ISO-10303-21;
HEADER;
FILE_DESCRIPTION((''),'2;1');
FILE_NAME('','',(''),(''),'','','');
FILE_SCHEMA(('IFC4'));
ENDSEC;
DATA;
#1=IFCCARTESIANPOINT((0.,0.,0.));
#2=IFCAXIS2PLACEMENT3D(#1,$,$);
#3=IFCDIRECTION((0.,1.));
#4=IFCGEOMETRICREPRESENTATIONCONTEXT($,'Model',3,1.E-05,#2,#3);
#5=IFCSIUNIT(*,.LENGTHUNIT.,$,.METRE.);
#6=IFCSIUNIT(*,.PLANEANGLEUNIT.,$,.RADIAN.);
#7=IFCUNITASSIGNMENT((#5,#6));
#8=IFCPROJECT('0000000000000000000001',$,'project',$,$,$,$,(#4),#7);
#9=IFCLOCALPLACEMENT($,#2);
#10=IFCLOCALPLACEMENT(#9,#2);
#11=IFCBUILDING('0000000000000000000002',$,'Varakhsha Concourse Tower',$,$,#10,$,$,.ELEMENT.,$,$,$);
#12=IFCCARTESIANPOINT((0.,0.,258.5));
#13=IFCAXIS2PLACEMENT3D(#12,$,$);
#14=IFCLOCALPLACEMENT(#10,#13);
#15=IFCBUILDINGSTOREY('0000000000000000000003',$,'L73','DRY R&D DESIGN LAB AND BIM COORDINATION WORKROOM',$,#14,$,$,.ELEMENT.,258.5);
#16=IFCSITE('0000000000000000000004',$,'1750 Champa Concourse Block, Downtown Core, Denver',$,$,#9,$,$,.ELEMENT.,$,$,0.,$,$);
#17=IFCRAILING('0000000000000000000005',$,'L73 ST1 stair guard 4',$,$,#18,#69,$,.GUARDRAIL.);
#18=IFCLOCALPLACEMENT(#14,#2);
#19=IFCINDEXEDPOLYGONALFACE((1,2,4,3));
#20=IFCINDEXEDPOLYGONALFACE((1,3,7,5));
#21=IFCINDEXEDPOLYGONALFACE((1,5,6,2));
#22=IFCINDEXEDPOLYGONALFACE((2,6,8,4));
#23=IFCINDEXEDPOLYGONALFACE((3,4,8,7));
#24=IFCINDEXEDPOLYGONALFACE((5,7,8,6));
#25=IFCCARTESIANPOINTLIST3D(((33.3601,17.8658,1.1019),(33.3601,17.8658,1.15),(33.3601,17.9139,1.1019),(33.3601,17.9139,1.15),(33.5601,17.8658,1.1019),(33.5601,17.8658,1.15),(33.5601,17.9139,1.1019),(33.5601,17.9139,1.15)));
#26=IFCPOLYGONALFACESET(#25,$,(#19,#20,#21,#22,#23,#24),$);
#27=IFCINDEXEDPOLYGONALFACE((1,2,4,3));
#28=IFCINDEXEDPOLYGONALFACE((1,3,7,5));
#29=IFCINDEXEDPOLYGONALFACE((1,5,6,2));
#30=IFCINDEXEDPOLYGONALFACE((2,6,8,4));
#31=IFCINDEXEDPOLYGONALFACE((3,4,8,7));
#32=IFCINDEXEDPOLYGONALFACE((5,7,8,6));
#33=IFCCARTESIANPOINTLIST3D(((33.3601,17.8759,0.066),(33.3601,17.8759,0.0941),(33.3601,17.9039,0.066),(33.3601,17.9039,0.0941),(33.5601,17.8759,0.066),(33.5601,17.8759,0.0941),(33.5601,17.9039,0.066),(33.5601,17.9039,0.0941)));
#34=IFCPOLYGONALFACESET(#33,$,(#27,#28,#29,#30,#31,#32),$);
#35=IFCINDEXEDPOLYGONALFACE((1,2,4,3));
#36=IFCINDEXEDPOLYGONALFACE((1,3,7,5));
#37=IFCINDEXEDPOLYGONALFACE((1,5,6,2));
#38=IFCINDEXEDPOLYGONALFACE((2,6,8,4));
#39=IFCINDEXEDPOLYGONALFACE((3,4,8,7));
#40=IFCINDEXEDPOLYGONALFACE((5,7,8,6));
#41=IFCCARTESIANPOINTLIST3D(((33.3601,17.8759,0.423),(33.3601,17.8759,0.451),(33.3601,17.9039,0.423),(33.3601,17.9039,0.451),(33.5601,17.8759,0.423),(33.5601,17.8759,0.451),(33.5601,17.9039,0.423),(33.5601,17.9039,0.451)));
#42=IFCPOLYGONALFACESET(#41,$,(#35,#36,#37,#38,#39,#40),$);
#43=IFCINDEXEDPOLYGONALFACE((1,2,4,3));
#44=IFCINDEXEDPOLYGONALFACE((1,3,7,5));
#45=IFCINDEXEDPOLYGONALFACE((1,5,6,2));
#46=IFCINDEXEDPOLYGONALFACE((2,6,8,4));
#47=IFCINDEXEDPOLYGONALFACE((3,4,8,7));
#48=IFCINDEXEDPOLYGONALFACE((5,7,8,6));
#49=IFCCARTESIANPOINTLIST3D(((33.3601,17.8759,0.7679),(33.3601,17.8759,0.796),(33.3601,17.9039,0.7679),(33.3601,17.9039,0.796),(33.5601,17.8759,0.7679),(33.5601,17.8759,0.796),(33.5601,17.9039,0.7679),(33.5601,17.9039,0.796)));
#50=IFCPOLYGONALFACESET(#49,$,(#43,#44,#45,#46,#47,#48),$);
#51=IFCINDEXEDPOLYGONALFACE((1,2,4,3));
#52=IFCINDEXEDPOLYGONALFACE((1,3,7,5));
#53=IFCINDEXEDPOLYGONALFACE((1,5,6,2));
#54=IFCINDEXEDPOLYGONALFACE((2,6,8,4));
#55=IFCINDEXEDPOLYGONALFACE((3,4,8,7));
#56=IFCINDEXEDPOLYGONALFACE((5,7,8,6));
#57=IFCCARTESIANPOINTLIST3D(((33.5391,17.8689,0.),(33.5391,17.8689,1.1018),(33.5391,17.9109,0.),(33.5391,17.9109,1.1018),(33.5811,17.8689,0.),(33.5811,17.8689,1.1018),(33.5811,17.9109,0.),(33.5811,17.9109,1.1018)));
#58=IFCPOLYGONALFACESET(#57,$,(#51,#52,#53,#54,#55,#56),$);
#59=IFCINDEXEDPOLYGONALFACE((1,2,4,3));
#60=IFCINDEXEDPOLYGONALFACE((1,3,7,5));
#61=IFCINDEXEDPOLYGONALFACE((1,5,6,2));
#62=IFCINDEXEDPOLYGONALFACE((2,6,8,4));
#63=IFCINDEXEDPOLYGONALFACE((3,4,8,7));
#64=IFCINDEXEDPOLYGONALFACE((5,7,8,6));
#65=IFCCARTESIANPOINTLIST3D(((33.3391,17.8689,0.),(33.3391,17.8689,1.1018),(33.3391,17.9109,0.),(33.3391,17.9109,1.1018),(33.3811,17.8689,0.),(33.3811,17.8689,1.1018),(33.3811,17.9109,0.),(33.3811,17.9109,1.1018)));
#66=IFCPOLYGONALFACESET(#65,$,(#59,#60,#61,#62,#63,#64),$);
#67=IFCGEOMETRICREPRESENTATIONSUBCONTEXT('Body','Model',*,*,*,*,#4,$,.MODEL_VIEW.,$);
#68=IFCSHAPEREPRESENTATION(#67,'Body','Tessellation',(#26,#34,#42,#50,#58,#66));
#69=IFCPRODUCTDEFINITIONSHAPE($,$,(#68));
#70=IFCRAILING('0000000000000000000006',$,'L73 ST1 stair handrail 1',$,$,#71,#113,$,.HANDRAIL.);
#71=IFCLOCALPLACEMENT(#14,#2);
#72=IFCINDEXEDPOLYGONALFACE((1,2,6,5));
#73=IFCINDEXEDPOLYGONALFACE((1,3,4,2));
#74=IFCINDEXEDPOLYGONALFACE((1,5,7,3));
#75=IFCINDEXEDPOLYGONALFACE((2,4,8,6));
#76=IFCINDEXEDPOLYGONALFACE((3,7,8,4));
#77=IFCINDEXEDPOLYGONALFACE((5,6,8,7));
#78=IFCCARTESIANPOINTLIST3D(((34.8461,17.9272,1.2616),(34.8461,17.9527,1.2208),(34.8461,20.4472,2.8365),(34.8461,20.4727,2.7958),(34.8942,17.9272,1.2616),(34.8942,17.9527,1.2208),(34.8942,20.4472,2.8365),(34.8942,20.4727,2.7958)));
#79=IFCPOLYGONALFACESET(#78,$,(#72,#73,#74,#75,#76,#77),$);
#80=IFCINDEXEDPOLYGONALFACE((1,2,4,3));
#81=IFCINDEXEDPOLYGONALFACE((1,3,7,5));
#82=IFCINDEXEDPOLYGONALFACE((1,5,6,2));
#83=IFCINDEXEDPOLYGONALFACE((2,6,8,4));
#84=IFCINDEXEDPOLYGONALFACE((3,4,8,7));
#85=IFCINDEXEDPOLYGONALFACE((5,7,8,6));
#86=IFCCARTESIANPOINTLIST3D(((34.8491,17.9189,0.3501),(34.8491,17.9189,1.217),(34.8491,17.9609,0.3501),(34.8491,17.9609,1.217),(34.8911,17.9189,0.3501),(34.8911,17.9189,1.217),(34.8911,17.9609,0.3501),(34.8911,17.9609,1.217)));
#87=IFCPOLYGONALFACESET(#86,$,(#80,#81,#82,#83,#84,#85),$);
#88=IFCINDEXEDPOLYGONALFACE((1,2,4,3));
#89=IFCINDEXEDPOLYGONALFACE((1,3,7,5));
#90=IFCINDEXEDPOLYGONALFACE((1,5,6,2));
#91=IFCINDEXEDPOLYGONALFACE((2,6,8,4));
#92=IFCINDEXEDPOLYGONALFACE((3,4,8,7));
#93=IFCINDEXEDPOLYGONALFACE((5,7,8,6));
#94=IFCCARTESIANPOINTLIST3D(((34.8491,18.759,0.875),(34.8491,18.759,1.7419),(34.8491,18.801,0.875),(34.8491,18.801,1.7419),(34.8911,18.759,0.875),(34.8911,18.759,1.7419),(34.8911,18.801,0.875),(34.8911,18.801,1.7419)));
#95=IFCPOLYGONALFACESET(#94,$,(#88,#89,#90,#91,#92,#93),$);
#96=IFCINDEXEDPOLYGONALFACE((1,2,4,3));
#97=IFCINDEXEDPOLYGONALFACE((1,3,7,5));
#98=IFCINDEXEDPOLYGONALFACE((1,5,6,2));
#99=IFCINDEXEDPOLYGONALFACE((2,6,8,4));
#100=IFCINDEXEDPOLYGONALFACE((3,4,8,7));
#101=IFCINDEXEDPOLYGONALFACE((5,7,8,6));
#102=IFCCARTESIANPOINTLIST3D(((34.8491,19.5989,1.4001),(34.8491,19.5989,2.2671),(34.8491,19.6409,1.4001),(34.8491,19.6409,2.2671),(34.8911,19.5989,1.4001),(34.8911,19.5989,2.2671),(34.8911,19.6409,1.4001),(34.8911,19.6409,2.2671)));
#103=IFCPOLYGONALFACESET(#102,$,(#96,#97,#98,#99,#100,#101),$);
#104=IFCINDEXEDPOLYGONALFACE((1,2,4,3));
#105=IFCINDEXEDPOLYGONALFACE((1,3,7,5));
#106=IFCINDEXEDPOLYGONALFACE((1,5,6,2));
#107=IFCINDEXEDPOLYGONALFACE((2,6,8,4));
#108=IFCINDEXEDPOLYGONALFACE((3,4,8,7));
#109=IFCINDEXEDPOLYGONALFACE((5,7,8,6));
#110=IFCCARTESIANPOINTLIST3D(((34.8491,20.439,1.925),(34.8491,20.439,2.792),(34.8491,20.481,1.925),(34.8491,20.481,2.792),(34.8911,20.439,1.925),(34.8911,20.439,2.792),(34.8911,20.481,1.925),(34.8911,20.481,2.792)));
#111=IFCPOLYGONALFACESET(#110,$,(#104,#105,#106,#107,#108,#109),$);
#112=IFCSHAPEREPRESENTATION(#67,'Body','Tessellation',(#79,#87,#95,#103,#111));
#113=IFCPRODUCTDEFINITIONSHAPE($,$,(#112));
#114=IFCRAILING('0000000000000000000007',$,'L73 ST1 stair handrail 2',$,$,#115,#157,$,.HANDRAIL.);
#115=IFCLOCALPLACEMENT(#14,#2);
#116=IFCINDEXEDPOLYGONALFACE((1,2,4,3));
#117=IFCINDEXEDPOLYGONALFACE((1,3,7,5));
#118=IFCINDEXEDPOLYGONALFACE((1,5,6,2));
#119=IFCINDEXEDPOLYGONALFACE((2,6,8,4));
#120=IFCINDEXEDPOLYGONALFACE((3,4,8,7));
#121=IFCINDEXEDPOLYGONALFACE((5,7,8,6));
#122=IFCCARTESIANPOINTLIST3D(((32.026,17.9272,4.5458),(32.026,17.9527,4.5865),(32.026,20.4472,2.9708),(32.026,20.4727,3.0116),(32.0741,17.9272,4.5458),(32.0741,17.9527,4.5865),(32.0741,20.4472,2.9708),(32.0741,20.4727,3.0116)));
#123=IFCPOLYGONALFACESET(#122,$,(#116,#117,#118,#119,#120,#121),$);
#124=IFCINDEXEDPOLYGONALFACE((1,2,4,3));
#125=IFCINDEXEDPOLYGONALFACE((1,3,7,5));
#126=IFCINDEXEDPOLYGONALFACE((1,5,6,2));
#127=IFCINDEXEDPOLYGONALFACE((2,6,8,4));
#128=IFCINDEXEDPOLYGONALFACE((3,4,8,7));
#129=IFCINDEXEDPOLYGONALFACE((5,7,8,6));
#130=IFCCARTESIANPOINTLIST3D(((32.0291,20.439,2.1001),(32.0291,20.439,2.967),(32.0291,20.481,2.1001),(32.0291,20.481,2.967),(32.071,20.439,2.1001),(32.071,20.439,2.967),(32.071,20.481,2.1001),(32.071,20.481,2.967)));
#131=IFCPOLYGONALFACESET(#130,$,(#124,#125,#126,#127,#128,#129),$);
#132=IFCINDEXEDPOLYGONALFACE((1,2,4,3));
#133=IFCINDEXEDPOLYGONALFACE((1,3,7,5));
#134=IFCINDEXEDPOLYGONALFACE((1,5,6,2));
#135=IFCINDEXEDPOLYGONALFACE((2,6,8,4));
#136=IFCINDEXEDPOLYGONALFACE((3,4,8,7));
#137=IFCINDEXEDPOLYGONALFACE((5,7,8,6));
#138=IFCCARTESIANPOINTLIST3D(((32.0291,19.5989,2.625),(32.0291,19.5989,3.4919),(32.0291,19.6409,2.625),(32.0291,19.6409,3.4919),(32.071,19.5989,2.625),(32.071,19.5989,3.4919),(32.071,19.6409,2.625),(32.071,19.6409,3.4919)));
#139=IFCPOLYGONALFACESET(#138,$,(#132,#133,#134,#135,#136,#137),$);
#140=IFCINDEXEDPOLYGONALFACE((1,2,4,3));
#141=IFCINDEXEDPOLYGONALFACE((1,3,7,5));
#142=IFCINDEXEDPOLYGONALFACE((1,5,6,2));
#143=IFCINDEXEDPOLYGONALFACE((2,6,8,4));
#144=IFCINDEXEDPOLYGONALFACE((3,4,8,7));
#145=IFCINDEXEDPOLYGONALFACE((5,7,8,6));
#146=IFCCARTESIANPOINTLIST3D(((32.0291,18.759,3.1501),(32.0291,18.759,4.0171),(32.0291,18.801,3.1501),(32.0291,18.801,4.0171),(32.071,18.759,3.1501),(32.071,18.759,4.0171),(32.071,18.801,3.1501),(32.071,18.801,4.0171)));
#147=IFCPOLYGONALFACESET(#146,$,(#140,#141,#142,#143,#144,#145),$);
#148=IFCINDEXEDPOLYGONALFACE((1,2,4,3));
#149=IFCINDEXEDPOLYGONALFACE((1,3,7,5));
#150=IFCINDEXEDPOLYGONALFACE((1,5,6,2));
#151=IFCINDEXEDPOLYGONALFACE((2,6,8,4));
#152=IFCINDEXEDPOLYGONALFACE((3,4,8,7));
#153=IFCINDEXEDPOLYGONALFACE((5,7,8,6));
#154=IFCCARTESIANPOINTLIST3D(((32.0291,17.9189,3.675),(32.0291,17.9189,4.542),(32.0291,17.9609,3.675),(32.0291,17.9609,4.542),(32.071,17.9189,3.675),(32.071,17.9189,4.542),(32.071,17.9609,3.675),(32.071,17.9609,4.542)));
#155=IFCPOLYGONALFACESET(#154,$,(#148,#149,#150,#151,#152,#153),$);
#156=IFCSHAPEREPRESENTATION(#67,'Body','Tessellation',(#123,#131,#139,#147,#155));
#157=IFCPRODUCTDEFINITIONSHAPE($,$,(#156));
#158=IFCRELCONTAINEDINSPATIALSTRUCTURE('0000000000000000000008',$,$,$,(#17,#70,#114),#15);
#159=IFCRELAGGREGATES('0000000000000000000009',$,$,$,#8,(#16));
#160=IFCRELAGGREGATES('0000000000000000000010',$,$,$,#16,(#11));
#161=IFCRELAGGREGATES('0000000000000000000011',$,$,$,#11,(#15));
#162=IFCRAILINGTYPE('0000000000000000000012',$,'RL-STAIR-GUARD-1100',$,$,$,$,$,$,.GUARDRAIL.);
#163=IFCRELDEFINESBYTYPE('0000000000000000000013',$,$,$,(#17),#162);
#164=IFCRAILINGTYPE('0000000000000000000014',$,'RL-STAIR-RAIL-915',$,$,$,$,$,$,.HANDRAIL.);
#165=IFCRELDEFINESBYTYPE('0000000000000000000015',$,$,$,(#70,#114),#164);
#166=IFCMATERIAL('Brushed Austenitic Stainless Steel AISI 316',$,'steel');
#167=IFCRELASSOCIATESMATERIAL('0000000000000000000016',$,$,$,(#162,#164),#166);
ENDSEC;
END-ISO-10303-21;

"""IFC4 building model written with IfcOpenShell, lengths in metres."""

from ifc_helpers import new_model, si_unit, direction, frame, origin, origin_2d, place, context, subcontext, project, spatial, rectangle, extrude, material, type_object, element, save


model = new_model("IFC4")

# Units and contexts
model_context = context("Model", 3, precision=1e-05, world=origin(), true_north=direction((0.0, 1.0)))
body_context = subcontext(model_context, "Body", "Model", "MODEL_VIEW")
ifc_project = project(units=[si_unit("LENGTHUNIT", "METRE"), si_unit("PLANEANGLEUNIT", "RADIAN")], contexts=[model_context])

# Site, building, storey
site_placement = place(None, origin())
site = spatial("IfcSite", under=ifc_project, at=site_placement, Name="1750 Champa Concourse Block, Downtown Core, Denver", CompositionType="ELEMENT", RefElevation=0.0)
building_placement = place(site_placement, origin())
building = spatial("IfcBuilding", under=site, at=building_placement, Name="Varakhsha Concourse Tower", CompositionType="ELEMENT")
storey_placement = place(building_placement, frame((0.0, 0.0, 258.5)))
storey = spatial("IfcBuildingStorey", under=building, at=storey_placement, Name="L73", Description="DRY R&D DESIGN LAB AND BIM COORDINATION WORKROOM", CompositionType="ELEMENT", Elevation=258.5)

# Railings
ifc_material_1 = material(Name="Brushed Austenitic Stainless Steel AISI 316", Category="steel")
railing_type_1 = type_object("IfcRailingType", Name="RL-STAIR-GUARD-1100", PredefinedType="GUARDRAIL", material=ifc_material_1)
railing_1_placement = place(storey_placement, frame((33.5601, 17.8899, 0.0)))
element("IfcRailing", 1, at=railing_1_placement, inside=storey, type_object=railing_type_1, Name="L73 ST1 stair guard 4", PredefinedType="GUARDRAIL", context=body_context, shape_type="SweptSolid", body=[
    extrude(rectangle(XDim=0.0481, YDim=0.0481, at=origin_2d()), frame((0.0, 0.0, 1.126), z_axis=(-1.0, 0.0, 0.0), x_axis=(0.0, -1.0, 0.0)), (0.0, 0.0, 1.0), 0.2),
    extrude(rectangle(XDim=0.0281, YDim=0.0281, at=origin_2d()), frame((0.0, 0.0, 0.0801), z_axis=(-1.0, 0.0, 0.0), x_axis=(0.0, -1.0, 0.0)), (0.0, 0.0, 1.0), 0.2),
    extrude(rectangle(XDim=0.0281, YDim=0.0281, at=origin_2d()), frame((0.0, 0.0, 0.437), z_axis=(-1.0, 0.0, 0.0), x_axis=(0.0, -1.0, 0.0)), (0.0, 0.0, 1.0), 0.2),
    extrude(rectangle(XDim=0.0281, YDim=0.0281, at=origin_2d()), frame((0.0, 0.0, 0.782), z_axis=(-1.0, 0.0, 0.0), x_axis=(0.0, -1.0, 0.0)), (0.0, 0.0, 1.0), 0.2),
    extrude(rectangle(XDim=0.042, YDim=0.042, at=origin_2d()), origin(), (0.0, 0.0, 1.0), 1.1018),
    extrude(rectangle(XDim=0.042, YDim=0.042, at=origin_2d()), frame((-0.2, 0.0, 0.0)), (0.0, 0.0, 1.0), 1.1018),
])
railing_type_2 = type_object("IfcRailingType", Name="RL-STAIR-RAIL-915", PredefinedType="HANDRAIL", material=ifc_material_1)
railing_2_placement = place(storey_placement, frame((34.8701, 17.9399, 0.3501)))
element("IfcRailing", 2, at=railing_2_placement, inside=storey, type_object=railing_type_2, Name="L73 ST1 stair handrail 1", PredefinedType="HANDRAIL", context=body_context, shape_type="SweptSolid", body=[
    extrude(rectangle(XDim=0.0481, YDim=0.0481, at=origin_2d()), frame((0.0, 0.0, 0.8911), z_axis=(0.0, 0.848008, 0.529984), x_axis=(-1.0, 0.0, 0.0)), (0.0, 0.0, 1.0), 2.9717),
    extrude(rectangle(XDim=0.042, YDim=0.042, at=origin_2d()), origin(), (0.0, 0.0, 1.0), 0.8669),
    extrude(rectangle(XDim=0.042, YDim=0.042, at=origin_2d()), frame((0.0, 0.8401, 0.5249)), (0.0, 0.0, 1.0), 0.8669),
    extrude(rectangle(XDim=0.042, YDim=0.042, at=origin_2d()), frame((0.0, 1.6799, 1.05)), (0.0, 0.0, 1.0), 0.8669),
    extrude(rectangle(XDim=0.042, YDim=0.042, at=origin_2d()), frame((0.0, 2.52, 1.575)), (0.0, 0.0, 1.0), 0.8669),
])
railing_3_placement = place(storey_placement, frame((32.05, 20.46, 2.1001)))
element("IfcRailing", 3, at=railing_3_placement, inside=storey, type_object=railing_type_2, Name="L73 ST1 stair handrail 2", PredefinedType="HANDRAIL", context=body_context, shape_type="SweptSolid", body=[
    extrude(rectangle(XDim=0.0481, YDim=0.0481, at=origin_2d()), frame((0.0, 0.0, 0.8911), z_axis=(0.0, -0.848008, 0.529984), x_axis=(1.0, 0.0, 0.0)), (0.0, 0.0, 1.0), 2.9717),
    extrude(rectangle(XDim=0.042, YDim=0.042, at=origin_2d()), origin(), (0.0, 0.0, 1.0), 0.8669),
    extrude(rectangle(XDim=0.042, YDim=0.042, at=origin_2d()), frame((0.0, -0.8401, 0.5249)), (0.0, 0.0, 1.0), 0.8669),
    extrude(rectangle(XDim=0.042, YDim=0.042, at=origin_2d()), frame((0.0, -1.6799, 1.05)), (0.0, 0.0, 1.0), 0.8669),
    extrude(rectangle(XDim=0.042, YDim=0.042, at=origin_2d()), frame((0.0, -2.52, 1.575)), (0.0, 0.0, 1.0), 0.8669),
])

save(model, "model.ifc")
